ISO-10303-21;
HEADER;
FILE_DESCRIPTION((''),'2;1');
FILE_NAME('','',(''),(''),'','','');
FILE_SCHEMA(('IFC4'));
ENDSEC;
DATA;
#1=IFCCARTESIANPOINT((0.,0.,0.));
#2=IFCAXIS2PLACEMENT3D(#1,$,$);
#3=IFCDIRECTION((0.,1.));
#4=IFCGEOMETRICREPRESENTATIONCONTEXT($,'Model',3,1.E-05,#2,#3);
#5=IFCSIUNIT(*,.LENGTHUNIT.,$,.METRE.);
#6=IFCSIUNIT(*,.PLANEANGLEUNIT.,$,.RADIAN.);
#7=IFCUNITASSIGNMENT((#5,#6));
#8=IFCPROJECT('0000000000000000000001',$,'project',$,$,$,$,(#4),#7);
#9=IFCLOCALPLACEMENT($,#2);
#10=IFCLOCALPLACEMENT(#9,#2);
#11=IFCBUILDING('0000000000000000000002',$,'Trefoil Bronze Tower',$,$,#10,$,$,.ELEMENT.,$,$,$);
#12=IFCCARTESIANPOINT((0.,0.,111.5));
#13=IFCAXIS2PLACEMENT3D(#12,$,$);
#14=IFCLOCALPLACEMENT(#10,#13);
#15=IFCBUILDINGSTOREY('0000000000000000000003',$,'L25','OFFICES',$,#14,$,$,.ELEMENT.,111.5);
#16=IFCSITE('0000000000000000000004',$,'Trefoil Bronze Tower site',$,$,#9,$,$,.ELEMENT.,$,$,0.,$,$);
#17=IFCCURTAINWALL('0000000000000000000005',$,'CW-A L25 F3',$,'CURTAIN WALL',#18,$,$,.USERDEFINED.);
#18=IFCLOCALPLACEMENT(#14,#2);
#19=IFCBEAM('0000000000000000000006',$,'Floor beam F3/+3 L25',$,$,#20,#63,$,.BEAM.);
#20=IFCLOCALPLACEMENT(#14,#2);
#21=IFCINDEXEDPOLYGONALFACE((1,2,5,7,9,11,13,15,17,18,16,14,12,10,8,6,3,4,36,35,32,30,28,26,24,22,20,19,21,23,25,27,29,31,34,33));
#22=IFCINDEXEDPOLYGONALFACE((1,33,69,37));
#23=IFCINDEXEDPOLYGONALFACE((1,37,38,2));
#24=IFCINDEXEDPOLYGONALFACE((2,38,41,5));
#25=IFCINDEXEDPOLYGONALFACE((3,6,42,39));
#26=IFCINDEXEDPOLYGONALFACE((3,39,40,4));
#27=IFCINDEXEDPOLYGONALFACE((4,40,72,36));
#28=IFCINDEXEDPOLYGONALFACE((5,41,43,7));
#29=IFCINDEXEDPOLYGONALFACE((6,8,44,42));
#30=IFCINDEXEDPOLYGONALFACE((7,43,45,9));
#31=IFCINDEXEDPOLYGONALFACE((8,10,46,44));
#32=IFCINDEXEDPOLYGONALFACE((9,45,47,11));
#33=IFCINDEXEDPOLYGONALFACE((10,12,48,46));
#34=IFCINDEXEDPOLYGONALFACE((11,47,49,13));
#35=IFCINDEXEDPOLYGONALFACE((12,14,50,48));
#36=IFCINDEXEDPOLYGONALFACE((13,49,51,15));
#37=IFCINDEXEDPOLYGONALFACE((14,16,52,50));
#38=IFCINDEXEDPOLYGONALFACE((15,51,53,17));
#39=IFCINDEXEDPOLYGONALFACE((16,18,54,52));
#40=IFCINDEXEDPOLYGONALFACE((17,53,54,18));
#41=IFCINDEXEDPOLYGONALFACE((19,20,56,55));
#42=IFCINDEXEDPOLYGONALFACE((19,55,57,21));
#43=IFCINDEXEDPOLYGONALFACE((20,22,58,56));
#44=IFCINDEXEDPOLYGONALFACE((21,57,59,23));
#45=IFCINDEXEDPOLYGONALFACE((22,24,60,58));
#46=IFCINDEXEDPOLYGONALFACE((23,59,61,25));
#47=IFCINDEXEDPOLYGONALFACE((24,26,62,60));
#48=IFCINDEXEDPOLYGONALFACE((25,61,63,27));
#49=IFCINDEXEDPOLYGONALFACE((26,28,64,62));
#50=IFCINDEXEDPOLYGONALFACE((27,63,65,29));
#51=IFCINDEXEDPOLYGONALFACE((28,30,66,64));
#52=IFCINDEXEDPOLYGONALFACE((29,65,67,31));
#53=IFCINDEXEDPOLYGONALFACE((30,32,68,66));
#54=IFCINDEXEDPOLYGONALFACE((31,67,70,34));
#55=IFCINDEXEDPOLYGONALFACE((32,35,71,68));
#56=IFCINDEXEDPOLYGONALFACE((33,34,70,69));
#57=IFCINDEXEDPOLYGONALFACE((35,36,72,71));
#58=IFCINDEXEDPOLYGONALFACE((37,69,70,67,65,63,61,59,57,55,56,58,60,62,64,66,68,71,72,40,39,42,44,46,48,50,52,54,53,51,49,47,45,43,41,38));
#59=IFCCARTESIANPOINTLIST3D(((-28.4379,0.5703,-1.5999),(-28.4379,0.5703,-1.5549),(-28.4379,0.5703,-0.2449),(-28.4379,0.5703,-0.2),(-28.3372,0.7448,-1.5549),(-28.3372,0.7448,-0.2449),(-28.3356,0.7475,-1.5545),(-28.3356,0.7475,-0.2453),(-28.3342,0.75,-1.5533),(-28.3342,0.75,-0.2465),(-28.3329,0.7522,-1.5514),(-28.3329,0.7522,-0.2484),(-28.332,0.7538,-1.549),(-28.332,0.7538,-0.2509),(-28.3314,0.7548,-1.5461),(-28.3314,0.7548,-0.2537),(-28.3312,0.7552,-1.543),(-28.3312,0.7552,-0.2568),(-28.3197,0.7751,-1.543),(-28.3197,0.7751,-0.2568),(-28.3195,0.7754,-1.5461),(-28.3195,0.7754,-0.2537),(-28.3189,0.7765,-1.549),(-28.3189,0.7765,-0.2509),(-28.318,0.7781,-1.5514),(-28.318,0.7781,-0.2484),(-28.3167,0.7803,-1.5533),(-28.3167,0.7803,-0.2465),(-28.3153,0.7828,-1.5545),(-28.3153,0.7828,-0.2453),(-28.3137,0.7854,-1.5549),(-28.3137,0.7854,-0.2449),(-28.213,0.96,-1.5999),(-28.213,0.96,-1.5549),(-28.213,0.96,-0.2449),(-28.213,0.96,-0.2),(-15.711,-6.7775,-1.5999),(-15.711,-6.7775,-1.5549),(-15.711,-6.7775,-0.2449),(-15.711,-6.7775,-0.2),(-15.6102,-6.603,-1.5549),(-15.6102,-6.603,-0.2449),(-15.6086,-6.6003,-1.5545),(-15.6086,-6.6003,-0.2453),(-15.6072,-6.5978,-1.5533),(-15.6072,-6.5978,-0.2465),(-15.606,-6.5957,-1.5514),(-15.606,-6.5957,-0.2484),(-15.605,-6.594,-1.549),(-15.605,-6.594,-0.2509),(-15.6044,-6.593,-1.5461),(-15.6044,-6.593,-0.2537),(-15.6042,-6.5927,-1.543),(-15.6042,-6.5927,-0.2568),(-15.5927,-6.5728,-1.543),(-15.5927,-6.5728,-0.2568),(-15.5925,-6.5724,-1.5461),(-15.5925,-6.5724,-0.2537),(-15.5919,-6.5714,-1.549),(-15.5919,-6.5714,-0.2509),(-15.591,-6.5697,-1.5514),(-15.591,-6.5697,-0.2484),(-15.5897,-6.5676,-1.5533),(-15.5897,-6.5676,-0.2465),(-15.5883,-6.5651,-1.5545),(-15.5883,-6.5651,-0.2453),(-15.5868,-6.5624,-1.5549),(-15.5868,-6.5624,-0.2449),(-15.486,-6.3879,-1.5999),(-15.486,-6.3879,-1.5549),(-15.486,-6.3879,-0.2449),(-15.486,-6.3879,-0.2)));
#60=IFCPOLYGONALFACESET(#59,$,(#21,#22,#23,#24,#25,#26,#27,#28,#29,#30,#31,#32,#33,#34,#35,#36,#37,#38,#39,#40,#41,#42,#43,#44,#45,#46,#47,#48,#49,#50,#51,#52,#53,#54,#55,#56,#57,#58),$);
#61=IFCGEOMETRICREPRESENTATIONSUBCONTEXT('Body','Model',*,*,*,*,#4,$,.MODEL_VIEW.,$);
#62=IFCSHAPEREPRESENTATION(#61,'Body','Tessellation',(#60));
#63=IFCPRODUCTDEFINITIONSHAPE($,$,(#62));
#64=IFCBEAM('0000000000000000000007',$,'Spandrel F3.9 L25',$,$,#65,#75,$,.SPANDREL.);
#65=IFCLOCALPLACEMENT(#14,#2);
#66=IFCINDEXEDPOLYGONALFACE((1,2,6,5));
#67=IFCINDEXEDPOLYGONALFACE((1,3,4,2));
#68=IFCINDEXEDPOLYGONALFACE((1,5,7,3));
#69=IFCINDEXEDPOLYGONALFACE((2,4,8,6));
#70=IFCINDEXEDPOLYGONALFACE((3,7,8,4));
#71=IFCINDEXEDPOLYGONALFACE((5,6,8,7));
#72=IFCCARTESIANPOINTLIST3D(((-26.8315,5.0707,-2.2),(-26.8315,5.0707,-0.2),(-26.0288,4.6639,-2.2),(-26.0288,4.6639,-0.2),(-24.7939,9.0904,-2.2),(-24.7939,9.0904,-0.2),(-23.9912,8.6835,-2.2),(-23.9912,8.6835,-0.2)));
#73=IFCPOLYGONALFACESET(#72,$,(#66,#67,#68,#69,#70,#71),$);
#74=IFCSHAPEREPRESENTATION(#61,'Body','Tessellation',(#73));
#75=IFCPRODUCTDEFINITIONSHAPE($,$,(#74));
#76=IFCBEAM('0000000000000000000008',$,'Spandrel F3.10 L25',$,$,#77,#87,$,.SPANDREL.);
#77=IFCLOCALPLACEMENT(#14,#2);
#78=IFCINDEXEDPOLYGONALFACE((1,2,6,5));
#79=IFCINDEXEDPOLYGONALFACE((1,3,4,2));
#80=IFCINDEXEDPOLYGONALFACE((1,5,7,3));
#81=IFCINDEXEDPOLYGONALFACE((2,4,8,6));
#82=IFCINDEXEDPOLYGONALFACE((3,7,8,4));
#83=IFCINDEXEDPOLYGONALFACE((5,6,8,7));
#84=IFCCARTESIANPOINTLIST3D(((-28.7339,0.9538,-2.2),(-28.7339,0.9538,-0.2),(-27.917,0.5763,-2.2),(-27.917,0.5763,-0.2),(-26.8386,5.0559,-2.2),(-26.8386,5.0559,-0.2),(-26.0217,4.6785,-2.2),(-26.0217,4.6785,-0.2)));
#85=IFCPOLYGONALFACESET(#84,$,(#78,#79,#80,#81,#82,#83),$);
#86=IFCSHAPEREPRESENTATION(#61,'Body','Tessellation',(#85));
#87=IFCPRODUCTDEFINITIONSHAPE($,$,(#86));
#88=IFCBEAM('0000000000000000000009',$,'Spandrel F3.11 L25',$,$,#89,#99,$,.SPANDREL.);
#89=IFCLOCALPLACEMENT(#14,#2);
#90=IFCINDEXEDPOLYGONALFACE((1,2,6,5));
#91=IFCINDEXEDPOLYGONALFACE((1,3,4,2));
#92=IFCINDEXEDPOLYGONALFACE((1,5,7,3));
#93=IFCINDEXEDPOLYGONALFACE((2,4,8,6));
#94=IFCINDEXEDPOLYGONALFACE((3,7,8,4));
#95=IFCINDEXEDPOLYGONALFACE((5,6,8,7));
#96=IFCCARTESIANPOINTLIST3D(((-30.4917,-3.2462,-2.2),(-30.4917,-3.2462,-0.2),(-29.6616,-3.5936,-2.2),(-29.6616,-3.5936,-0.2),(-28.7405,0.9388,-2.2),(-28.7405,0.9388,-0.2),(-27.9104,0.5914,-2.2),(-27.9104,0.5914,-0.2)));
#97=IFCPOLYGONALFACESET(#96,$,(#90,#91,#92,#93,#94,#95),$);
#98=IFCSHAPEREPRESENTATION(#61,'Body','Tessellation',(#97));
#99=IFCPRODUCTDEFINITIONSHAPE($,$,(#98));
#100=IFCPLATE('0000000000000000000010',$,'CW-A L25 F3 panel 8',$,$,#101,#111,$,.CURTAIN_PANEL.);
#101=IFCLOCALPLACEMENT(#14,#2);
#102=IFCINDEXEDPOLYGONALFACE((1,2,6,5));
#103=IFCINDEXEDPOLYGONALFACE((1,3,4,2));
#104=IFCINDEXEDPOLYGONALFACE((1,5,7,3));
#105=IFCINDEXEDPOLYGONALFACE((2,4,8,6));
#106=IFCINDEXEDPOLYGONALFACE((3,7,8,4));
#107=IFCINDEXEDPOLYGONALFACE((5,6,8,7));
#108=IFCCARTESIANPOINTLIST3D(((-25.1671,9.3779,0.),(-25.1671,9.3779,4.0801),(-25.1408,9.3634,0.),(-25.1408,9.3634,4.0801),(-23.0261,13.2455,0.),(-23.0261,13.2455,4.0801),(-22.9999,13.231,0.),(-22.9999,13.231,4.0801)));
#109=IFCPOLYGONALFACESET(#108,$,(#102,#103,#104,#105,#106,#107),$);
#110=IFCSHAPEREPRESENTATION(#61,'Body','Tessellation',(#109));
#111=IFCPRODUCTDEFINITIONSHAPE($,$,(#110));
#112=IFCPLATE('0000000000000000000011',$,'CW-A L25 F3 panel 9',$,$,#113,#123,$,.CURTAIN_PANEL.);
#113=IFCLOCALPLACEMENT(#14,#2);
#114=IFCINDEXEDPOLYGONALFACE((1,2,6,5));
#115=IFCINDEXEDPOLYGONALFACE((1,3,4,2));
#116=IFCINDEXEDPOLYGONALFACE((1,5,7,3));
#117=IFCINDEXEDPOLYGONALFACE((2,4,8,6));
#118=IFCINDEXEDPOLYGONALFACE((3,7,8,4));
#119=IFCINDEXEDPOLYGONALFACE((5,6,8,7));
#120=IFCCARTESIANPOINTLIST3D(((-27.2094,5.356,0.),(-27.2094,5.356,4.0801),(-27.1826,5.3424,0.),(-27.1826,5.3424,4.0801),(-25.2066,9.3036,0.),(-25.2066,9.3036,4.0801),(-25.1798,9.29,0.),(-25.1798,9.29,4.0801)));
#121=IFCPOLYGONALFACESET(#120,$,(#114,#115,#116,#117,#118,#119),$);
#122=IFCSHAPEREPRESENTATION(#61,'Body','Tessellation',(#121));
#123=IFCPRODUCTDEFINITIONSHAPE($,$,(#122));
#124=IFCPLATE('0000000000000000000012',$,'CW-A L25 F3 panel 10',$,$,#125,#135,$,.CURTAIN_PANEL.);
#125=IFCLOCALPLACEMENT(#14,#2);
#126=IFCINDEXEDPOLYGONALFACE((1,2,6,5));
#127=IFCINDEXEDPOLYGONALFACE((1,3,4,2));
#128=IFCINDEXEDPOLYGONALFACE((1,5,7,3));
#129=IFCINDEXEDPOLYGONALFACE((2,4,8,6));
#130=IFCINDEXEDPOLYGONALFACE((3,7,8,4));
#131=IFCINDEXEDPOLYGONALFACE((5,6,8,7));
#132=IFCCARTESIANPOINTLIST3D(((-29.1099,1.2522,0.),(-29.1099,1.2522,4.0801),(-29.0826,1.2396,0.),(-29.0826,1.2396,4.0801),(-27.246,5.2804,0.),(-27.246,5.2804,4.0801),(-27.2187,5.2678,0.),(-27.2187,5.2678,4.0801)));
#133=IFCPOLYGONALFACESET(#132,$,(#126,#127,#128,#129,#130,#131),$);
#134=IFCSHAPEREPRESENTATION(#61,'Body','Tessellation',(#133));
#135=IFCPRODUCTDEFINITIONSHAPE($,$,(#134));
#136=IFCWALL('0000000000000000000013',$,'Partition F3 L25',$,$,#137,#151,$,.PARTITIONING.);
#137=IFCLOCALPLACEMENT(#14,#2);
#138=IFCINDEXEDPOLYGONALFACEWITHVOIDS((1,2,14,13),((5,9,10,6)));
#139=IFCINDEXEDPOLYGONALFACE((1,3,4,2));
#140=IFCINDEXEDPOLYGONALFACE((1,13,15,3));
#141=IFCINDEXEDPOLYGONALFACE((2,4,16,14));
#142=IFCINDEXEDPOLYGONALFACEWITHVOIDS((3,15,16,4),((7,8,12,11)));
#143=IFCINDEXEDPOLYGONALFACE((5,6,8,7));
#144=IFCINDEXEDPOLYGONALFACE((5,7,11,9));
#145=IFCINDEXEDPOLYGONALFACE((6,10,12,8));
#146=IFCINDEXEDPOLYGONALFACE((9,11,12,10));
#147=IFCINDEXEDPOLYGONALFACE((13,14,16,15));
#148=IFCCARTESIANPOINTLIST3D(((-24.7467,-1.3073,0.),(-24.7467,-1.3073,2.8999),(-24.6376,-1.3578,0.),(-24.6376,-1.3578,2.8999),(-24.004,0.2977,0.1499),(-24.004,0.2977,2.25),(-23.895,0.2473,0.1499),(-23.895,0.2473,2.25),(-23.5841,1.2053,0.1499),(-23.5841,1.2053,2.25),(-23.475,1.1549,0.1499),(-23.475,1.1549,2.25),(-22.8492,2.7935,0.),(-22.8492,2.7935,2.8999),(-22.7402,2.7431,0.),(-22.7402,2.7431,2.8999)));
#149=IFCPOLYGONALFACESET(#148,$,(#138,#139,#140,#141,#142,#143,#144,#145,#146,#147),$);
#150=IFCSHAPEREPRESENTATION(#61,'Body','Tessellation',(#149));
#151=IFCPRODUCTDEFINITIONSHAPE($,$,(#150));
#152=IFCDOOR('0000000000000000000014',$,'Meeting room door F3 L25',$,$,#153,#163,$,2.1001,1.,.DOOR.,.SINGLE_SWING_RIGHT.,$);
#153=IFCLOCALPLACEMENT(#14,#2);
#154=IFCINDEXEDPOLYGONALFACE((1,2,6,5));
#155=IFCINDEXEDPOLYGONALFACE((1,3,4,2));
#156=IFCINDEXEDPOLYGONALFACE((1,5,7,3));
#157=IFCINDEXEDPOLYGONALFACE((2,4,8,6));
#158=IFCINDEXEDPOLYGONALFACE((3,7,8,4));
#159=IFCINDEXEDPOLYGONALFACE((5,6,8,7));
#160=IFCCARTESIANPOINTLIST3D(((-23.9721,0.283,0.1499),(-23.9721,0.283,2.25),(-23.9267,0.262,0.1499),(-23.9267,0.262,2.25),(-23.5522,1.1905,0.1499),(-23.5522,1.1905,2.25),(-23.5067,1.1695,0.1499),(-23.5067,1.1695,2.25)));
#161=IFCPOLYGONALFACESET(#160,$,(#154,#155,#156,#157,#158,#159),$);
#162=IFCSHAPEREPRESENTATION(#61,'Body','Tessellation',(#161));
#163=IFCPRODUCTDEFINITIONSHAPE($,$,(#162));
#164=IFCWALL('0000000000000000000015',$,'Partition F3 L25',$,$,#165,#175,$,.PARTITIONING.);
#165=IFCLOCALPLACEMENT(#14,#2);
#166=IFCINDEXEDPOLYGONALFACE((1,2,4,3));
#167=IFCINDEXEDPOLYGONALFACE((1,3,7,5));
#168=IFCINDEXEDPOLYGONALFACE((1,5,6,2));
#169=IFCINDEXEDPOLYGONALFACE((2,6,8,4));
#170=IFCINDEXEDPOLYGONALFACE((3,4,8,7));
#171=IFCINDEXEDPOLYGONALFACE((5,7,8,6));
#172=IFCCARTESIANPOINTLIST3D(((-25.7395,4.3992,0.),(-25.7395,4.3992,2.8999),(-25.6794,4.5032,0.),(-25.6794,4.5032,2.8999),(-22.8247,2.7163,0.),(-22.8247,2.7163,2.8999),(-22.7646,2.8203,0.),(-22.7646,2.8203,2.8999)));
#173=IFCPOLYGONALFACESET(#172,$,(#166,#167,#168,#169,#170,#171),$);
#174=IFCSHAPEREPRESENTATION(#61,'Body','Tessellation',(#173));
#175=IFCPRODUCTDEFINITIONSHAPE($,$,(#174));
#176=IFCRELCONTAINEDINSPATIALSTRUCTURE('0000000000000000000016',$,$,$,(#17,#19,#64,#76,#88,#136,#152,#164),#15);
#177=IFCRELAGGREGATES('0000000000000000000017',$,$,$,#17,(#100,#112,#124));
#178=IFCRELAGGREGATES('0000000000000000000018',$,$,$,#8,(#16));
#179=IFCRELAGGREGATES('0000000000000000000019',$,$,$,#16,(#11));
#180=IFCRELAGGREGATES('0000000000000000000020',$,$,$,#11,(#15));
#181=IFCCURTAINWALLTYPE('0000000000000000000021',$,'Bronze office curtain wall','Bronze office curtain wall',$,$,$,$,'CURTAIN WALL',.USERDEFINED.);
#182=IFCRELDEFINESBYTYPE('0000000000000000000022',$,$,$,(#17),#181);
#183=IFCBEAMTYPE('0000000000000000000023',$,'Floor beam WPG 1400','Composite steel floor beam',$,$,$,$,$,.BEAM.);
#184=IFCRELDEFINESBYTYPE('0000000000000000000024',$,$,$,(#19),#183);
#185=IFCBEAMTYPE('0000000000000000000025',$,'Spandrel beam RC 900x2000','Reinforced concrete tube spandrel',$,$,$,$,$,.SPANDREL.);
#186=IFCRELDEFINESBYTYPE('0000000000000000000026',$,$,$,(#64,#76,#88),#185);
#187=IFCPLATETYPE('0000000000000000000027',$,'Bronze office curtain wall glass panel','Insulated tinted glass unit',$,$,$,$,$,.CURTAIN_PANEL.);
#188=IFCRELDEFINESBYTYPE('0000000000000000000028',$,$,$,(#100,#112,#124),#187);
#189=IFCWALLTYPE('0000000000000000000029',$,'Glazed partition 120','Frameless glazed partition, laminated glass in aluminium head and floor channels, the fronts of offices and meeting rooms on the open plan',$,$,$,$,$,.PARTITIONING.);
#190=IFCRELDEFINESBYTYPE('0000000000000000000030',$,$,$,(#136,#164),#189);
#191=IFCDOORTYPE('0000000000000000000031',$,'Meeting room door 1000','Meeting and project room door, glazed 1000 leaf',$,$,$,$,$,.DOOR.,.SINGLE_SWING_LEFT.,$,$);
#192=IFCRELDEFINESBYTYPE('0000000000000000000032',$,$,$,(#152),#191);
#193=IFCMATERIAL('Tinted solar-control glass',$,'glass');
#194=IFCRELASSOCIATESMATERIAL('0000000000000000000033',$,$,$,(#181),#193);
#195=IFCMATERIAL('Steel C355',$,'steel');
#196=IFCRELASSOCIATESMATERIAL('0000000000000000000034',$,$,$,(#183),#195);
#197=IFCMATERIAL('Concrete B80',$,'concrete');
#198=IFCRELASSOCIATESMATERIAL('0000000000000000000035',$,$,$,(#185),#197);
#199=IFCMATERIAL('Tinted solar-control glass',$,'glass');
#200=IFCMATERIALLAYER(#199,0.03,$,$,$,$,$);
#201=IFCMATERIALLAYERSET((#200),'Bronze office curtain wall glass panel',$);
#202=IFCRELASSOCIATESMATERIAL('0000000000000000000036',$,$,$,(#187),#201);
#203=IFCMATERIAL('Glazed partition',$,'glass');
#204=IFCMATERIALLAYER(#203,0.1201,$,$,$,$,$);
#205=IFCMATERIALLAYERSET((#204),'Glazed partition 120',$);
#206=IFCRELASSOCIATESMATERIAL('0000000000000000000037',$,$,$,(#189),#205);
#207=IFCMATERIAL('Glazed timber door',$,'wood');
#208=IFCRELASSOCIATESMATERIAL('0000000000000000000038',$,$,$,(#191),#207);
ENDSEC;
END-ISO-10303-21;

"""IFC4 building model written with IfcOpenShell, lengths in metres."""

from ifc_helpers import new_model, si_unit, direction, frame, frame_2d, origin, origin_2d, place, context, subcontext, project, spatial, rectangle, i_section, extrude, material, layer, layer_set, material_profile, profile_set, type_object, element, fill, aggregate, save


model = new_model("IFC4")

# Units and contexts
model_context = context("Model", 3, precision=1e-05, world=origin(), true_north=direction((0.0, 1.0)))
body_context = subcontext(model_context, "Body", "Model", "MODEL_VIEW")
ifc_project = project(units=[si_unit("LENGTHUNIT", "METRE"), si_unit("PLANEANGLEUNIT", "RADIAN")], contexts=[model_context])

# Site, building, storey
site_placement = place(None, origin())
site = spatial("IfcSite", under=ifc_project, at=site_placement, Name="Trefoil Bronze Tower site", CompositionType="ELEMENT", RefElevation=0.0)
building_placement = place(site_placement, origin())
building = spatial("IfcBuilding", under=site, at=building_placement, Name="Trefoil Bronze Tower", CompositionType="ELEMENT")
storey_placement = place(building_placement, frame((0.0, 0.0, 111.5)))
storey = spatial("IfcBuildingStorey", under=building, at=storey_placement, Name="L25", Description="OFFICES", CompositionType="ELEMENT", Elevation=111.5)

# Curtain wall
ifc_material_1 = material(Name="Tinted solar-control glass", Category="glass")
curtain_wall_type = type_object("IfcCurtainWallType", Name="Bronze office curtain wall", Description="Bronze office curtain wall", ElementType="CURTAIN WALL", PredefinedType="USERDEFINED", material=ifc_material_1)
curtain_wall_placement = place(storey_placement, origin())
curtain_wall = element("IfcCurtainWall", 1, at=curtain_wall_placement, inside=storey, type_object=curtain_wall_type, Name="CW-A L25 F3", ObjectType="CURTAIN WALL", PredefinedType="USERDEFINED")

# Beams
ifc_material_2 = material(Name="Steel C355", Category="steel")
ifc_material_profile_1 = material_profile(ifc_material_2, i_section(OverallWidth=0.45, OverallDepth=1.3999, WebThickness=0.0229, FlangeThickness=0.0449, FilletRadius=0.012, at=origin_2d()), Name="WPG 1400")
ifc_profile_set_1 = profile_set([ifc_material_profile_1], Name="Steel C355")
beam_type_1 = type_object("IfcBeamType", Name="Floor beam WPG 1400", Description="Composite steel floor beam", PredefinedType="BEAM", material=ifc_profile_set_1)
beam_1_placement = place(storey_placement, frame((-28.3254, 0.7651, -0.8999), z_axis=(0.866027, -0.499997, 0.0), x_axis=(0.499997, 0.866027, 0.0)))
element("IfcBeam", 2, at=beam_1_placement, inside=storey, type_object=beam_type_1, Name="Floor beam F3/+3 L25", PredefinedType="BEAM", context=body_context, shape_type="SweptSolid", body=[
    extrude(i_section(OverallWidth=0.45, OverallDepth=1.3999, WebThickness=0.0229, FlangeThickness=0.0449, FilletRadius=0.012, at=origin_2d()), origin(), (0.0, 0.0, 1.0), 14.6958),
])
ifc_material_3 = material(Name="Concrete B80", Category="concrete")
ifc_material_profile_2 = material_profile(ifc_material_3, rectangle(XDim=0.8999, YDim=2.0, at=origin_2d()), Name="RC 900x2000")
ifc_profile_set_2 = profile_set([ifc_material_profile_2], Name="Concrete B80")
beam_type_2 = type_object("IfcBeamType", Name="Spandrel beam RC 900x2000", Description="Reinforced concrete tube spandrel", PredefinedType="SPANDREL", material=ifc_profile_set_2)
beam_2_placement = place(storey_placement, frame((-24.3926, 8.887, -1.2), z_axis=(-0.452126, -0.891954, 0.0), x_axis=(0.891954, -0.452126, 0.0)))
element("IfcBeam", 3, at=beam_2_placement, inside=storey, type_object=beam_type_2, Name="Spandrel F3.9 L25", PredefinedType="SPANDREL", context=body_context, shape_type="SweptSolid", body=[
    extrude(rectangle(XDim=0.8999, YDim=2.0, at=origin_2d()), origin(), (0.0, 0.0, 1.0), 4.5066),
])
beam_3_placement = place(storey_placement, frame((-26.4302, 4.8672, -1.2), z_axis=(-0.419425, -0.90779, 0.0), x_axis=(0.90779, -0.419425, 0.0)))
element("IfcBeam", 4, at=beam_3_placement, inside=storey, type_object=beam_type_2, Name="Spandrel F3.10 L25", PredefinedType="SPANDREL", context=body_context, shape_type="SweptSolid", body=[
    extrude(rectangle(XDim=0.8999, YDim=2.0, at=origin_2d()), origin(), (0.0, 0.0, 1.0), 4.5188),
])
beam_4_placement = place(storey_placement, frame((-28.3254, 0.7651, -1.2), z_axis=(-0.386013, -0.922493, 0.0), x_axis=(0.922493, -0.386013, 0.0)))
element("IfcBeam", 5, at=beam_4_placement, inside=storey, type_object=beam_type_2, Name="Spandrel F3.11 L25", PredefinedType="SPANDREL", context=body_context, shape_type="SweptSolid", body=[
    extrude(rectangle(XDim=0.8999, YDim=2.0, at=origin_2d()), origin(), (0.0, 0.0, 1.0), 4.5366),
])

# Plates
ifc_material_4 = material(Name="Tinted solar-control glass", Category="glass")
ifc_layer_1 = layer(ifc_material_4, 0.03)
ifc_layer_set_1 = layer_set([ifc_layer_1], Name="Bronze office curtain wall glass panel")
plate_type = type_object("IfcPlateType", Name="Bronze office curtain wall glass panel", Description="Insulated tinted glass unit", PredefinedType="CURTAIN_PANEL", material=ifc_layer_set_1)
plate_1_placement = place(storey_placement, frame((-24.0835, 11.3044, 0.0), z_axis=(0.0, 0.0, 1.0), x_axis=(-0.484312, -0.874895, 0.0)))
plate_1 = element("IfcPlate", 6, at=plate_1_placement, type_object=plate_type, Name="CW-A L25 F3 panel 8", PredefinedType="CURTAIN_PANEL", context=body_context, shape_type="SweptSolid", body=[
    extrude(rectangle(XDim=4.4207, YDim=0.03, at=origin_2d()), origin(), (0.0, 0.0, 1.0), 4.0801),
])
plate_2_placement = place(storey_placement, frame((-26.1946, 7.323, 0.0), z_axis=(0.0, 0.0, 1.0), x_axis=(-0.452449, -0.89179, 0.0)))
plate_2 = element("IfcPlate", 7, at=plate_2_placement, type_object=plate_type, Name="CW-A L25 F3 panel 9", PredefinedType="CURTAIN_PANEL", context=body_context, shape_type="SweptSolid", body=[
    extrude(rectangle(XDim=4.4265, YDim=0.03, at=origin_2d()), origin(), (0.0, 0.0, 1.0), 4.0801),
])
plate_3_placement = place(storey_placement, frame((-28.1643, 3.26, 0.0), z_axis=(0.0, 0.0, 1.0), x_axis=(-0.419933, -0.907555, 0.0)))
plate_3 = element("IfcPlate", 8, at=plate_3_placement, type_object=plate_type, Name="CW-A L25 F3 panel 10", PredefinedType="CURTAIN_PANEL", context=body_context, shape_type="SweptSolid", body=[
    extrude(rectangle(XDim=4.4385, YDim=0.03, at=origin_2d()), origin(), (0.0, 0.0, 1.0), 4.0801),
])
aggregate(curtain_wall, [plate_1, plate_2, plate_3])

# Wall, opening, door
ifc_material_5 = material(Name="Glazed partition", Category="glass")
ifc_layer_2 = layer(ifc_material_5, 0.1201)
ifc_layer_set_2 = layer_set([ifc_layer_2], Name="Glazed partition 120")
wall_type_1 = type_object("IfcWallType", Name="Glazed partition 120", Description="Frameless glazed partition, laminated glass in aluminium head and floor channels, the fronts of offices and meeting rooms on the open plan", PredefinedType="PARTITIONING", material=ifc_layer_set_2)
wall_1_placement = place(storey_placement, frame((-22.7947, 2.7683, 0.0), z_axis=(0.0, 0.0, 1.0), x_axis=(-0.419928, -0.907557, 0.0)))
wall_1 = element("IfcWall", 9, at=wall_1_placement, inside=storey, type_object=wall_type_1, Name="Partition F3 L25", PredefinedType="PARTITIONING", context=body_context, shape_type="SweptSolid", body=[
    extrude(rectangle(XDim=4.5186, YDim=0.1201, at=frame_2d((2.2593, 0.0))), origin(), (0.0, 0.0, 1.0), 2.8999),
])
opening_1_placement = place(wall_1_placement, frame((1.75, 0.0, 0.1499)))
opening_1 = element("IfcOpeningElement", 10, at=opening_1_placement, cuts=wall_1, PredefinedType="OPENING", context=body_context, shape_type="SweptSolid", body=[
    extrude(rectangle(XDim=1.0, YDim=2.1001, at=frame_2d((0.5, 1.05))), frame((0.0, 0.0701, 0.0), z_axis=(0.0, -1.0, 0.0), x_axis=(1.0, 0.0, 0.0)), (0.0, 0.0, 1.0), 0.1401),
])
ifc_material_6 = material(Name="Glazed timber door", Category="wood")
door_type_1 = type_object("IfcDoorType", Name="Meeting room door 1000", Description="Meeting and project room door, glazed 1000 leaf", OperationType="SINGLE_SWING_LEFT", PredefinedType="DOOR", material=ifc_material_6)
door_1_placement = place(opening_1_placement, frame((1.0, 0.0, 0.0), z_axis=(0.0, 0.0, 1.0), x_axis=(-1.0, 0.0, 0.0)))
door_1 = element("IfcDoor", 11, at=door_1_placement, inside=storey, type_object=door_type_1, Name="Meeting room door F3 L25", OperationType="SINGLE_SWING_RIGHT", OverallHeight=2.1001, OverallWidth=1.0, PredefinedType="DOOR", context=body_context, shape_type="SweptSolid", body=[
    extrude(rectangle(XDim=1.0, YDim=2.1001, at=frame_2d((0.5, 1.05))), frame((0.0, 0.0249, 0.0), z_axis=(0.0, -1.0, 0.0), x_axis=(1.0, 0.0, 0.0)), (0.0, 0.0, 1.0), 0.05),
])
fill(opening_1, door_1)

# Wall
wall_2_placement = place(storey_placement, frame((-22.7947, 2.7683, 0.0), z_axis=(0.0, 0.0, 1.0), x_axis=(-0.866025, 0.500001, 0.0)))
element("IfcWall", 12, at=wall_2_placement, inside=storey, type_object=wall_type_1, Name="Partition F3 L25", PredefinedType="PARTITIONING", context=body_context, shape_type="SweptSolid", body=[
    extrude(rectangle(XDim=3.3657, YDim=0.1201, at=frame_2d((1.6829, 0.0))), origin(), (0.0, 0.0, 1.0), 2.8999),
])

save(model, "model.ifc")
